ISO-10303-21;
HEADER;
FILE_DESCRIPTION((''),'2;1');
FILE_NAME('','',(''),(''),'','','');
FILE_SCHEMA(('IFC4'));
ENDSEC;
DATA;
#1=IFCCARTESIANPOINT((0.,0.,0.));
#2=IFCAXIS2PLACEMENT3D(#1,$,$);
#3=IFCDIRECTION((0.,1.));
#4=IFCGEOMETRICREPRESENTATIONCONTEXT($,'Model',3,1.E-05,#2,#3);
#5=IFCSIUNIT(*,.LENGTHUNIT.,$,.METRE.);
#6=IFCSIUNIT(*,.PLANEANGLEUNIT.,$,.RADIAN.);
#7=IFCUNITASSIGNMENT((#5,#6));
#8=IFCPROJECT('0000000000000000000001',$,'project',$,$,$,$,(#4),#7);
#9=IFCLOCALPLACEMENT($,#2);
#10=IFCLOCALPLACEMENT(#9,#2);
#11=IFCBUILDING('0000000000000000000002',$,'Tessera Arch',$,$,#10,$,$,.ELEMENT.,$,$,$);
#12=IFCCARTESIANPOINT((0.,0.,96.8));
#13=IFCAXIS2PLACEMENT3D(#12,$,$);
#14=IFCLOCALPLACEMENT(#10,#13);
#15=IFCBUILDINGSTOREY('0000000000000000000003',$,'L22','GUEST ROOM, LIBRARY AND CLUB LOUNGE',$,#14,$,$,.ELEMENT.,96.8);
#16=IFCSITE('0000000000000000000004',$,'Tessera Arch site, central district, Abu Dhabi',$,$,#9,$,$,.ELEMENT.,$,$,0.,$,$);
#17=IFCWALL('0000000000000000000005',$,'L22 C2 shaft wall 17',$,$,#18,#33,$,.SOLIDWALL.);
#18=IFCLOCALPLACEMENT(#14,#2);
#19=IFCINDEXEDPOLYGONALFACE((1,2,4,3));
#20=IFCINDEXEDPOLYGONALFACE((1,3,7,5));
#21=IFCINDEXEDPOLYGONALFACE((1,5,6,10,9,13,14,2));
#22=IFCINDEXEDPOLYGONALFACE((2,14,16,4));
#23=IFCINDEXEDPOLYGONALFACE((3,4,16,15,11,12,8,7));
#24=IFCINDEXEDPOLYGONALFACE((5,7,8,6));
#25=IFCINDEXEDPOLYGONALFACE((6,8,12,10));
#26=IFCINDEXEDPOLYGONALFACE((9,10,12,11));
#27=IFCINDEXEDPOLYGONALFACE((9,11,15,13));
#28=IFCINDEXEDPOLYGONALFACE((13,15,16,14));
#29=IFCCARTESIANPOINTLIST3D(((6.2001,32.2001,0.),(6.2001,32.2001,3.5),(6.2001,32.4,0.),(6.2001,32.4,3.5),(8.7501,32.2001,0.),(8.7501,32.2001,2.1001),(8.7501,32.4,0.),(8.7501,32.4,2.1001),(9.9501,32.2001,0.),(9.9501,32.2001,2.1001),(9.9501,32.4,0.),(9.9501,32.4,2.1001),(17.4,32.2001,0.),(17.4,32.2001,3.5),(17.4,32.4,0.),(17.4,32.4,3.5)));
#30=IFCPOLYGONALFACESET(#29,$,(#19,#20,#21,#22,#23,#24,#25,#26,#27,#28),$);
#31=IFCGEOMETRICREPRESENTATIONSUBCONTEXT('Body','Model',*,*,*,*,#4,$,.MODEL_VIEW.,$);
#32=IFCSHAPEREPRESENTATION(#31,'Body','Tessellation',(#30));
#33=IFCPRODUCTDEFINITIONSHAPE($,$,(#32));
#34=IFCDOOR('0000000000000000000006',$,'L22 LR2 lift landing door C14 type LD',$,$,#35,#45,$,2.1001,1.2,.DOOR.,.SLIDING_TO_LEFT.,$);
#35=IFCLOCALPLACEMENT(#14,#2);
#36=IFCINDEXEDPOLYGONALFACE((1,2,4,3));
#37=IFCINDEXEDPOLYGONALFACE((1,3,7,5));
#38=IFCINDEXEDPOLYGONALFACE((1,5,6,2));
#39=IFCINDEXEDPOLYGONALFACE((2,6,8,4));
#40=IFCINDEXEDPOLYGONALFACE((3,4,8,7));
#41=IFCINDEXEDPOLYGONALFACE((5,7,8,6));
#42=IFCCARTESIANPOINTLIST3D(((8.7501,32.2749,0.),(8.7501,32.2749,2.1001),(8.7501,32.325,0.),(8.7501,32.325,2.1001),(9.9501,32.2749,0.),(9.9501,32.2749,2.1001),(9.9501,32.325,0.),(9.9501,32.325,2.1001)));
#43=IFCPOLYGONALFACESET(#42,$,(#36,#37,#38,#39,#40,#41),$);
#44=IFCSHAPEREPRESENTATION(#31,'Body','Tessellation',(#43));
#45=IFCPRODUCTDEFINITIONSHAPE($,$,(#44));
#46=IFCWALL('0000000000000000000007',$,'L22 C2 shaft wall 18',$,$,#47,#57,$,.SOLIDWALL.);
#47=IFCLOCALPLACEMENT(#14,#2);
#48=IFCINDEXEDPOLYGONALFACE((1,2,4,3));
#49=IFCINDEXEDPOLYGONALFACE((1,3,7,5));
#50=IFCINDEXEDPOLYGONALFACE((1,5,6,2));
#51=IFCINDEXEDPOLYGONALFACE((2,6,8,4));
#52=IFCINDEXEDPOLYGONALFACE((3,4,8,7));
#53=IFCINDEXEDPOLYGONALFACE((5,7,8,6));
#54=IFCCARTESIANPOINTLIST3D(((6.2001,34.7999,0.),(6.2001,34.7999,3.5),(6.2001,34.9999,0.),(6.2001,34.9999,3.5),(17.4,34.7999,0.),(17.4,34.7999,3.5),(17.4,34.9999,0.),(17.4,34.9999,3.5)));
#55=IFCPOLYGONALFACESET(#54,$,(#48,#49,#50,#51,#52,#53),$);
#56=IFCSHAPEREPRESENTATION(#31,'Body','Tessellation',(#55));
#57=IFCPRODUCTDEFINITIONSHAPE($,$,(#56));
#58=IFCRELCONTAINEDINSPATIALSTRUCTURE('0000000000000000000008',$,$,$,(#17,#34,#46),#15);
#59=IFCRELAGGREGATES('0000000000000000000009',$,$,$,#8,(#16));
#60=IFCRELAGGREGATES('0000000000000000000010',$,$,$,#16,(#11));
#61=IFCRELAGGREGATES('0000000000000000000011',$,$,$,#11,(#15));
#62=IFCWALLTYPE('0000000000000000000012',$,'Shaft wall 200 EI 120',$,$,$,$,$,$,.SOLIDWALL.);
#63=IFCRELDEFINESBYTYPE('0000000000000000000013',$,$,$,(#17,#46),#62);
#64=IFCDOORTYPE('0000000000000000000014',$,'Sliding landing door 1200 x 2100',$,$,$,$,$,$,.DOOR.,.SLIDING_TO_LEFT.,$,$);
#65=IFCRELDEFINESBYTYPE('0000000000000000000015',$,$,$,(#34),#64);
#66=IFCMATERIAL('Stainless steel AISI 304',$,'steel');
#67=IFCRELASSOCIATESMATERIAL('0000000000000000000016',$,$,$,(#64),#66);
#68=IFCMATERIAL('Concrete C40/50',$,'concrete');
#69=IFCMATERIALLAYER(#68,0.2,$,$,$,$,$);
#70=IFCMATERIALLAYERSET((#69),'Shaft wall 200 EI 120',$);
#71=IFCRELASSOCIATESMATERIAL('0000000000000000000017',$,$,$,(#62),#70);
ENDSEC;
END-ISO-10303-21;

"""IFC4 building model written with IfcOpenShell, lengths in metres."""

from ifc_helpers import new_model, si_unit, direction, frame, frame_2d, origin, place, context, subcontext, project, spatial, rectangle, extrude, material, layer, layer_set, type_object, element, fill, save


model = new_model("IFC4")

# Units and contexts
model_context = context("Model", 3, precision=1e-05, world=origin(), true_north=direction((0.0, 1.0)))
body_context = subcontext(model_context, "Body", "Model", "MODEL_VIEW")
ifc_project = project(units=[si_unit("LENGTHUNIT", "METRE"), si_unit("PLANEANGLEUNIT", "RADIAN")], contexts=[model_context])

# Site, building, storey
site_placement = place(None, origin())
site = spatial("IfcSite", under=ifc_project, at=site_placement, Name="Tessera Arch site, central district, Abu Dhabi", CompositionType="ELEMENT", RefElevation=0.0)
building_placement = place(site_placement, origin())
building = spatial("IfcBuilding", under=site, at=building_placement, Name="Tessera Arch", CompositionType="ELEMENT")
storey_placement = place(building_placement, frame((0.0, 0.0, 96.8)))
storey = spatial("IfcBuildingStorey", under=building, at=storey_placement, Name="L22", Description="GUEST ROOM, LIBRARY AND CLUB LOUNGE", CompositionType="ELEMENT", Elevation=96.8)

# Shared definitions
ifc_material_1 = material(Name="Stainless steel AISI 304", Category="steel")
door_type_1 = type_object("IfcDoorType", Name="Sliding landing door 1200 x 2100", OperationType="SLIDING_TO_LEFT", PredefinedType="DOOR", material=ifc_material_1)

# Shared definitions
ifc_material_2 = material(Name="Concrete C40/50", Category="concrete")
ifc_layer_1 = layer(ifc_material_2, 0.2)
ifc_layer_set_1 = layer_set([ifc_layer_1], Name="Shaft wall 200 EI 120")
wall_type_1 = type_object("IfcWallType", Name="Shaft wall 200 EI 120", PredefinedType="SOLIDWALL", material=ifc_layer_set_1)

# Wall, opening, door
wall_1_placement = place(storey_placement, frame((6.2, 32.3, 0.0), z_axis=(0.0, 0.0, 1.0), x_axis=(1.0, 0.0, 0.0)))
wall_1 = element("IfcWall", 1, at=wall_1_placement, inside=storey, type_object=wall_type_1, Name="L22 C2 shaft wall 17", PredefinedType="SOLIDWALL", context=body_context, shape_type="SweptSolid", body=[
    extrude(rectangle(XDim=11.2, YDim=0.2, at=frame_2d((5.6001, 0.0))), origin(), (0.0, 0.0, 1.0), 3.5),
])
opening_1_placement = place(wall_1_placement, frame((2.55, 0.0, 0.0)))
opening_1 = element("IfcOpeningElement", 2, at=opening_1_placement, cuts=wall_1, PredefinedType="OPENING", context=body_context, shape_type="SweptSolid", body=[
    extrude(rectangle(XDim=1.2, YDim=2.1001, at=frame_2d((0.6001, 1.05))), frame((0.0, 0.1099, 0.0), z_axis=(0.0, -1.0, 0.0), x_axis=(1.0, 0.0, 0.0)), (0.0, 0.0, 1.0), 0.22),
])
door_1_placement = place(opening_1_placement, origin())
door_1 = element("IfcDoor", 3, at=door_1_placement, inside=storey, type_object=door_type_1, Name="L22 LR2 lift landing door C14 type LD", OperationType="SLIDING_TO_LEFT", OverallHeight=2.1001, OverallWidth=1.2, PredefinedType="DOOR", context=body_context, shape_type="SweptSolid", body=[
    extrude(rectangle(XDim=1.2, YDim=2.1001, at=frame_2d((0.6001, 1.05))), frame((0.0, 0.0249, 0.0), z_axis=(0.0, -1.0, 0.0), x_axis=(1.0, 0.0, 0.0)), (0.0, 0.0, 1.0), 0.05),
])
fill(opening_1, door_1)

# Wall
wall_2_placement = place(storey_placement, frame((6.2, 34.8999, 0.0), z_axis=(0.0, 0.0, 1.0), x_axis=(1.0, 0.0, 0.0)))
element("IfcWall", 4, at=wall_2_placement, inside=storey, type_object=wall_type_1, Name="L22 C2 shaft wall 18", PredefinedType="SOLIDWALL", context=body_context, shape_type="SweptSolid", body=[
    extrude(rectangle(XDim=11.2, YDim=0.2, at=frame_2d((5.6001, 0.0))), origin(), (0.0, 0.0, 1.0), 3.5),
])

save(model, "model.ifc")
